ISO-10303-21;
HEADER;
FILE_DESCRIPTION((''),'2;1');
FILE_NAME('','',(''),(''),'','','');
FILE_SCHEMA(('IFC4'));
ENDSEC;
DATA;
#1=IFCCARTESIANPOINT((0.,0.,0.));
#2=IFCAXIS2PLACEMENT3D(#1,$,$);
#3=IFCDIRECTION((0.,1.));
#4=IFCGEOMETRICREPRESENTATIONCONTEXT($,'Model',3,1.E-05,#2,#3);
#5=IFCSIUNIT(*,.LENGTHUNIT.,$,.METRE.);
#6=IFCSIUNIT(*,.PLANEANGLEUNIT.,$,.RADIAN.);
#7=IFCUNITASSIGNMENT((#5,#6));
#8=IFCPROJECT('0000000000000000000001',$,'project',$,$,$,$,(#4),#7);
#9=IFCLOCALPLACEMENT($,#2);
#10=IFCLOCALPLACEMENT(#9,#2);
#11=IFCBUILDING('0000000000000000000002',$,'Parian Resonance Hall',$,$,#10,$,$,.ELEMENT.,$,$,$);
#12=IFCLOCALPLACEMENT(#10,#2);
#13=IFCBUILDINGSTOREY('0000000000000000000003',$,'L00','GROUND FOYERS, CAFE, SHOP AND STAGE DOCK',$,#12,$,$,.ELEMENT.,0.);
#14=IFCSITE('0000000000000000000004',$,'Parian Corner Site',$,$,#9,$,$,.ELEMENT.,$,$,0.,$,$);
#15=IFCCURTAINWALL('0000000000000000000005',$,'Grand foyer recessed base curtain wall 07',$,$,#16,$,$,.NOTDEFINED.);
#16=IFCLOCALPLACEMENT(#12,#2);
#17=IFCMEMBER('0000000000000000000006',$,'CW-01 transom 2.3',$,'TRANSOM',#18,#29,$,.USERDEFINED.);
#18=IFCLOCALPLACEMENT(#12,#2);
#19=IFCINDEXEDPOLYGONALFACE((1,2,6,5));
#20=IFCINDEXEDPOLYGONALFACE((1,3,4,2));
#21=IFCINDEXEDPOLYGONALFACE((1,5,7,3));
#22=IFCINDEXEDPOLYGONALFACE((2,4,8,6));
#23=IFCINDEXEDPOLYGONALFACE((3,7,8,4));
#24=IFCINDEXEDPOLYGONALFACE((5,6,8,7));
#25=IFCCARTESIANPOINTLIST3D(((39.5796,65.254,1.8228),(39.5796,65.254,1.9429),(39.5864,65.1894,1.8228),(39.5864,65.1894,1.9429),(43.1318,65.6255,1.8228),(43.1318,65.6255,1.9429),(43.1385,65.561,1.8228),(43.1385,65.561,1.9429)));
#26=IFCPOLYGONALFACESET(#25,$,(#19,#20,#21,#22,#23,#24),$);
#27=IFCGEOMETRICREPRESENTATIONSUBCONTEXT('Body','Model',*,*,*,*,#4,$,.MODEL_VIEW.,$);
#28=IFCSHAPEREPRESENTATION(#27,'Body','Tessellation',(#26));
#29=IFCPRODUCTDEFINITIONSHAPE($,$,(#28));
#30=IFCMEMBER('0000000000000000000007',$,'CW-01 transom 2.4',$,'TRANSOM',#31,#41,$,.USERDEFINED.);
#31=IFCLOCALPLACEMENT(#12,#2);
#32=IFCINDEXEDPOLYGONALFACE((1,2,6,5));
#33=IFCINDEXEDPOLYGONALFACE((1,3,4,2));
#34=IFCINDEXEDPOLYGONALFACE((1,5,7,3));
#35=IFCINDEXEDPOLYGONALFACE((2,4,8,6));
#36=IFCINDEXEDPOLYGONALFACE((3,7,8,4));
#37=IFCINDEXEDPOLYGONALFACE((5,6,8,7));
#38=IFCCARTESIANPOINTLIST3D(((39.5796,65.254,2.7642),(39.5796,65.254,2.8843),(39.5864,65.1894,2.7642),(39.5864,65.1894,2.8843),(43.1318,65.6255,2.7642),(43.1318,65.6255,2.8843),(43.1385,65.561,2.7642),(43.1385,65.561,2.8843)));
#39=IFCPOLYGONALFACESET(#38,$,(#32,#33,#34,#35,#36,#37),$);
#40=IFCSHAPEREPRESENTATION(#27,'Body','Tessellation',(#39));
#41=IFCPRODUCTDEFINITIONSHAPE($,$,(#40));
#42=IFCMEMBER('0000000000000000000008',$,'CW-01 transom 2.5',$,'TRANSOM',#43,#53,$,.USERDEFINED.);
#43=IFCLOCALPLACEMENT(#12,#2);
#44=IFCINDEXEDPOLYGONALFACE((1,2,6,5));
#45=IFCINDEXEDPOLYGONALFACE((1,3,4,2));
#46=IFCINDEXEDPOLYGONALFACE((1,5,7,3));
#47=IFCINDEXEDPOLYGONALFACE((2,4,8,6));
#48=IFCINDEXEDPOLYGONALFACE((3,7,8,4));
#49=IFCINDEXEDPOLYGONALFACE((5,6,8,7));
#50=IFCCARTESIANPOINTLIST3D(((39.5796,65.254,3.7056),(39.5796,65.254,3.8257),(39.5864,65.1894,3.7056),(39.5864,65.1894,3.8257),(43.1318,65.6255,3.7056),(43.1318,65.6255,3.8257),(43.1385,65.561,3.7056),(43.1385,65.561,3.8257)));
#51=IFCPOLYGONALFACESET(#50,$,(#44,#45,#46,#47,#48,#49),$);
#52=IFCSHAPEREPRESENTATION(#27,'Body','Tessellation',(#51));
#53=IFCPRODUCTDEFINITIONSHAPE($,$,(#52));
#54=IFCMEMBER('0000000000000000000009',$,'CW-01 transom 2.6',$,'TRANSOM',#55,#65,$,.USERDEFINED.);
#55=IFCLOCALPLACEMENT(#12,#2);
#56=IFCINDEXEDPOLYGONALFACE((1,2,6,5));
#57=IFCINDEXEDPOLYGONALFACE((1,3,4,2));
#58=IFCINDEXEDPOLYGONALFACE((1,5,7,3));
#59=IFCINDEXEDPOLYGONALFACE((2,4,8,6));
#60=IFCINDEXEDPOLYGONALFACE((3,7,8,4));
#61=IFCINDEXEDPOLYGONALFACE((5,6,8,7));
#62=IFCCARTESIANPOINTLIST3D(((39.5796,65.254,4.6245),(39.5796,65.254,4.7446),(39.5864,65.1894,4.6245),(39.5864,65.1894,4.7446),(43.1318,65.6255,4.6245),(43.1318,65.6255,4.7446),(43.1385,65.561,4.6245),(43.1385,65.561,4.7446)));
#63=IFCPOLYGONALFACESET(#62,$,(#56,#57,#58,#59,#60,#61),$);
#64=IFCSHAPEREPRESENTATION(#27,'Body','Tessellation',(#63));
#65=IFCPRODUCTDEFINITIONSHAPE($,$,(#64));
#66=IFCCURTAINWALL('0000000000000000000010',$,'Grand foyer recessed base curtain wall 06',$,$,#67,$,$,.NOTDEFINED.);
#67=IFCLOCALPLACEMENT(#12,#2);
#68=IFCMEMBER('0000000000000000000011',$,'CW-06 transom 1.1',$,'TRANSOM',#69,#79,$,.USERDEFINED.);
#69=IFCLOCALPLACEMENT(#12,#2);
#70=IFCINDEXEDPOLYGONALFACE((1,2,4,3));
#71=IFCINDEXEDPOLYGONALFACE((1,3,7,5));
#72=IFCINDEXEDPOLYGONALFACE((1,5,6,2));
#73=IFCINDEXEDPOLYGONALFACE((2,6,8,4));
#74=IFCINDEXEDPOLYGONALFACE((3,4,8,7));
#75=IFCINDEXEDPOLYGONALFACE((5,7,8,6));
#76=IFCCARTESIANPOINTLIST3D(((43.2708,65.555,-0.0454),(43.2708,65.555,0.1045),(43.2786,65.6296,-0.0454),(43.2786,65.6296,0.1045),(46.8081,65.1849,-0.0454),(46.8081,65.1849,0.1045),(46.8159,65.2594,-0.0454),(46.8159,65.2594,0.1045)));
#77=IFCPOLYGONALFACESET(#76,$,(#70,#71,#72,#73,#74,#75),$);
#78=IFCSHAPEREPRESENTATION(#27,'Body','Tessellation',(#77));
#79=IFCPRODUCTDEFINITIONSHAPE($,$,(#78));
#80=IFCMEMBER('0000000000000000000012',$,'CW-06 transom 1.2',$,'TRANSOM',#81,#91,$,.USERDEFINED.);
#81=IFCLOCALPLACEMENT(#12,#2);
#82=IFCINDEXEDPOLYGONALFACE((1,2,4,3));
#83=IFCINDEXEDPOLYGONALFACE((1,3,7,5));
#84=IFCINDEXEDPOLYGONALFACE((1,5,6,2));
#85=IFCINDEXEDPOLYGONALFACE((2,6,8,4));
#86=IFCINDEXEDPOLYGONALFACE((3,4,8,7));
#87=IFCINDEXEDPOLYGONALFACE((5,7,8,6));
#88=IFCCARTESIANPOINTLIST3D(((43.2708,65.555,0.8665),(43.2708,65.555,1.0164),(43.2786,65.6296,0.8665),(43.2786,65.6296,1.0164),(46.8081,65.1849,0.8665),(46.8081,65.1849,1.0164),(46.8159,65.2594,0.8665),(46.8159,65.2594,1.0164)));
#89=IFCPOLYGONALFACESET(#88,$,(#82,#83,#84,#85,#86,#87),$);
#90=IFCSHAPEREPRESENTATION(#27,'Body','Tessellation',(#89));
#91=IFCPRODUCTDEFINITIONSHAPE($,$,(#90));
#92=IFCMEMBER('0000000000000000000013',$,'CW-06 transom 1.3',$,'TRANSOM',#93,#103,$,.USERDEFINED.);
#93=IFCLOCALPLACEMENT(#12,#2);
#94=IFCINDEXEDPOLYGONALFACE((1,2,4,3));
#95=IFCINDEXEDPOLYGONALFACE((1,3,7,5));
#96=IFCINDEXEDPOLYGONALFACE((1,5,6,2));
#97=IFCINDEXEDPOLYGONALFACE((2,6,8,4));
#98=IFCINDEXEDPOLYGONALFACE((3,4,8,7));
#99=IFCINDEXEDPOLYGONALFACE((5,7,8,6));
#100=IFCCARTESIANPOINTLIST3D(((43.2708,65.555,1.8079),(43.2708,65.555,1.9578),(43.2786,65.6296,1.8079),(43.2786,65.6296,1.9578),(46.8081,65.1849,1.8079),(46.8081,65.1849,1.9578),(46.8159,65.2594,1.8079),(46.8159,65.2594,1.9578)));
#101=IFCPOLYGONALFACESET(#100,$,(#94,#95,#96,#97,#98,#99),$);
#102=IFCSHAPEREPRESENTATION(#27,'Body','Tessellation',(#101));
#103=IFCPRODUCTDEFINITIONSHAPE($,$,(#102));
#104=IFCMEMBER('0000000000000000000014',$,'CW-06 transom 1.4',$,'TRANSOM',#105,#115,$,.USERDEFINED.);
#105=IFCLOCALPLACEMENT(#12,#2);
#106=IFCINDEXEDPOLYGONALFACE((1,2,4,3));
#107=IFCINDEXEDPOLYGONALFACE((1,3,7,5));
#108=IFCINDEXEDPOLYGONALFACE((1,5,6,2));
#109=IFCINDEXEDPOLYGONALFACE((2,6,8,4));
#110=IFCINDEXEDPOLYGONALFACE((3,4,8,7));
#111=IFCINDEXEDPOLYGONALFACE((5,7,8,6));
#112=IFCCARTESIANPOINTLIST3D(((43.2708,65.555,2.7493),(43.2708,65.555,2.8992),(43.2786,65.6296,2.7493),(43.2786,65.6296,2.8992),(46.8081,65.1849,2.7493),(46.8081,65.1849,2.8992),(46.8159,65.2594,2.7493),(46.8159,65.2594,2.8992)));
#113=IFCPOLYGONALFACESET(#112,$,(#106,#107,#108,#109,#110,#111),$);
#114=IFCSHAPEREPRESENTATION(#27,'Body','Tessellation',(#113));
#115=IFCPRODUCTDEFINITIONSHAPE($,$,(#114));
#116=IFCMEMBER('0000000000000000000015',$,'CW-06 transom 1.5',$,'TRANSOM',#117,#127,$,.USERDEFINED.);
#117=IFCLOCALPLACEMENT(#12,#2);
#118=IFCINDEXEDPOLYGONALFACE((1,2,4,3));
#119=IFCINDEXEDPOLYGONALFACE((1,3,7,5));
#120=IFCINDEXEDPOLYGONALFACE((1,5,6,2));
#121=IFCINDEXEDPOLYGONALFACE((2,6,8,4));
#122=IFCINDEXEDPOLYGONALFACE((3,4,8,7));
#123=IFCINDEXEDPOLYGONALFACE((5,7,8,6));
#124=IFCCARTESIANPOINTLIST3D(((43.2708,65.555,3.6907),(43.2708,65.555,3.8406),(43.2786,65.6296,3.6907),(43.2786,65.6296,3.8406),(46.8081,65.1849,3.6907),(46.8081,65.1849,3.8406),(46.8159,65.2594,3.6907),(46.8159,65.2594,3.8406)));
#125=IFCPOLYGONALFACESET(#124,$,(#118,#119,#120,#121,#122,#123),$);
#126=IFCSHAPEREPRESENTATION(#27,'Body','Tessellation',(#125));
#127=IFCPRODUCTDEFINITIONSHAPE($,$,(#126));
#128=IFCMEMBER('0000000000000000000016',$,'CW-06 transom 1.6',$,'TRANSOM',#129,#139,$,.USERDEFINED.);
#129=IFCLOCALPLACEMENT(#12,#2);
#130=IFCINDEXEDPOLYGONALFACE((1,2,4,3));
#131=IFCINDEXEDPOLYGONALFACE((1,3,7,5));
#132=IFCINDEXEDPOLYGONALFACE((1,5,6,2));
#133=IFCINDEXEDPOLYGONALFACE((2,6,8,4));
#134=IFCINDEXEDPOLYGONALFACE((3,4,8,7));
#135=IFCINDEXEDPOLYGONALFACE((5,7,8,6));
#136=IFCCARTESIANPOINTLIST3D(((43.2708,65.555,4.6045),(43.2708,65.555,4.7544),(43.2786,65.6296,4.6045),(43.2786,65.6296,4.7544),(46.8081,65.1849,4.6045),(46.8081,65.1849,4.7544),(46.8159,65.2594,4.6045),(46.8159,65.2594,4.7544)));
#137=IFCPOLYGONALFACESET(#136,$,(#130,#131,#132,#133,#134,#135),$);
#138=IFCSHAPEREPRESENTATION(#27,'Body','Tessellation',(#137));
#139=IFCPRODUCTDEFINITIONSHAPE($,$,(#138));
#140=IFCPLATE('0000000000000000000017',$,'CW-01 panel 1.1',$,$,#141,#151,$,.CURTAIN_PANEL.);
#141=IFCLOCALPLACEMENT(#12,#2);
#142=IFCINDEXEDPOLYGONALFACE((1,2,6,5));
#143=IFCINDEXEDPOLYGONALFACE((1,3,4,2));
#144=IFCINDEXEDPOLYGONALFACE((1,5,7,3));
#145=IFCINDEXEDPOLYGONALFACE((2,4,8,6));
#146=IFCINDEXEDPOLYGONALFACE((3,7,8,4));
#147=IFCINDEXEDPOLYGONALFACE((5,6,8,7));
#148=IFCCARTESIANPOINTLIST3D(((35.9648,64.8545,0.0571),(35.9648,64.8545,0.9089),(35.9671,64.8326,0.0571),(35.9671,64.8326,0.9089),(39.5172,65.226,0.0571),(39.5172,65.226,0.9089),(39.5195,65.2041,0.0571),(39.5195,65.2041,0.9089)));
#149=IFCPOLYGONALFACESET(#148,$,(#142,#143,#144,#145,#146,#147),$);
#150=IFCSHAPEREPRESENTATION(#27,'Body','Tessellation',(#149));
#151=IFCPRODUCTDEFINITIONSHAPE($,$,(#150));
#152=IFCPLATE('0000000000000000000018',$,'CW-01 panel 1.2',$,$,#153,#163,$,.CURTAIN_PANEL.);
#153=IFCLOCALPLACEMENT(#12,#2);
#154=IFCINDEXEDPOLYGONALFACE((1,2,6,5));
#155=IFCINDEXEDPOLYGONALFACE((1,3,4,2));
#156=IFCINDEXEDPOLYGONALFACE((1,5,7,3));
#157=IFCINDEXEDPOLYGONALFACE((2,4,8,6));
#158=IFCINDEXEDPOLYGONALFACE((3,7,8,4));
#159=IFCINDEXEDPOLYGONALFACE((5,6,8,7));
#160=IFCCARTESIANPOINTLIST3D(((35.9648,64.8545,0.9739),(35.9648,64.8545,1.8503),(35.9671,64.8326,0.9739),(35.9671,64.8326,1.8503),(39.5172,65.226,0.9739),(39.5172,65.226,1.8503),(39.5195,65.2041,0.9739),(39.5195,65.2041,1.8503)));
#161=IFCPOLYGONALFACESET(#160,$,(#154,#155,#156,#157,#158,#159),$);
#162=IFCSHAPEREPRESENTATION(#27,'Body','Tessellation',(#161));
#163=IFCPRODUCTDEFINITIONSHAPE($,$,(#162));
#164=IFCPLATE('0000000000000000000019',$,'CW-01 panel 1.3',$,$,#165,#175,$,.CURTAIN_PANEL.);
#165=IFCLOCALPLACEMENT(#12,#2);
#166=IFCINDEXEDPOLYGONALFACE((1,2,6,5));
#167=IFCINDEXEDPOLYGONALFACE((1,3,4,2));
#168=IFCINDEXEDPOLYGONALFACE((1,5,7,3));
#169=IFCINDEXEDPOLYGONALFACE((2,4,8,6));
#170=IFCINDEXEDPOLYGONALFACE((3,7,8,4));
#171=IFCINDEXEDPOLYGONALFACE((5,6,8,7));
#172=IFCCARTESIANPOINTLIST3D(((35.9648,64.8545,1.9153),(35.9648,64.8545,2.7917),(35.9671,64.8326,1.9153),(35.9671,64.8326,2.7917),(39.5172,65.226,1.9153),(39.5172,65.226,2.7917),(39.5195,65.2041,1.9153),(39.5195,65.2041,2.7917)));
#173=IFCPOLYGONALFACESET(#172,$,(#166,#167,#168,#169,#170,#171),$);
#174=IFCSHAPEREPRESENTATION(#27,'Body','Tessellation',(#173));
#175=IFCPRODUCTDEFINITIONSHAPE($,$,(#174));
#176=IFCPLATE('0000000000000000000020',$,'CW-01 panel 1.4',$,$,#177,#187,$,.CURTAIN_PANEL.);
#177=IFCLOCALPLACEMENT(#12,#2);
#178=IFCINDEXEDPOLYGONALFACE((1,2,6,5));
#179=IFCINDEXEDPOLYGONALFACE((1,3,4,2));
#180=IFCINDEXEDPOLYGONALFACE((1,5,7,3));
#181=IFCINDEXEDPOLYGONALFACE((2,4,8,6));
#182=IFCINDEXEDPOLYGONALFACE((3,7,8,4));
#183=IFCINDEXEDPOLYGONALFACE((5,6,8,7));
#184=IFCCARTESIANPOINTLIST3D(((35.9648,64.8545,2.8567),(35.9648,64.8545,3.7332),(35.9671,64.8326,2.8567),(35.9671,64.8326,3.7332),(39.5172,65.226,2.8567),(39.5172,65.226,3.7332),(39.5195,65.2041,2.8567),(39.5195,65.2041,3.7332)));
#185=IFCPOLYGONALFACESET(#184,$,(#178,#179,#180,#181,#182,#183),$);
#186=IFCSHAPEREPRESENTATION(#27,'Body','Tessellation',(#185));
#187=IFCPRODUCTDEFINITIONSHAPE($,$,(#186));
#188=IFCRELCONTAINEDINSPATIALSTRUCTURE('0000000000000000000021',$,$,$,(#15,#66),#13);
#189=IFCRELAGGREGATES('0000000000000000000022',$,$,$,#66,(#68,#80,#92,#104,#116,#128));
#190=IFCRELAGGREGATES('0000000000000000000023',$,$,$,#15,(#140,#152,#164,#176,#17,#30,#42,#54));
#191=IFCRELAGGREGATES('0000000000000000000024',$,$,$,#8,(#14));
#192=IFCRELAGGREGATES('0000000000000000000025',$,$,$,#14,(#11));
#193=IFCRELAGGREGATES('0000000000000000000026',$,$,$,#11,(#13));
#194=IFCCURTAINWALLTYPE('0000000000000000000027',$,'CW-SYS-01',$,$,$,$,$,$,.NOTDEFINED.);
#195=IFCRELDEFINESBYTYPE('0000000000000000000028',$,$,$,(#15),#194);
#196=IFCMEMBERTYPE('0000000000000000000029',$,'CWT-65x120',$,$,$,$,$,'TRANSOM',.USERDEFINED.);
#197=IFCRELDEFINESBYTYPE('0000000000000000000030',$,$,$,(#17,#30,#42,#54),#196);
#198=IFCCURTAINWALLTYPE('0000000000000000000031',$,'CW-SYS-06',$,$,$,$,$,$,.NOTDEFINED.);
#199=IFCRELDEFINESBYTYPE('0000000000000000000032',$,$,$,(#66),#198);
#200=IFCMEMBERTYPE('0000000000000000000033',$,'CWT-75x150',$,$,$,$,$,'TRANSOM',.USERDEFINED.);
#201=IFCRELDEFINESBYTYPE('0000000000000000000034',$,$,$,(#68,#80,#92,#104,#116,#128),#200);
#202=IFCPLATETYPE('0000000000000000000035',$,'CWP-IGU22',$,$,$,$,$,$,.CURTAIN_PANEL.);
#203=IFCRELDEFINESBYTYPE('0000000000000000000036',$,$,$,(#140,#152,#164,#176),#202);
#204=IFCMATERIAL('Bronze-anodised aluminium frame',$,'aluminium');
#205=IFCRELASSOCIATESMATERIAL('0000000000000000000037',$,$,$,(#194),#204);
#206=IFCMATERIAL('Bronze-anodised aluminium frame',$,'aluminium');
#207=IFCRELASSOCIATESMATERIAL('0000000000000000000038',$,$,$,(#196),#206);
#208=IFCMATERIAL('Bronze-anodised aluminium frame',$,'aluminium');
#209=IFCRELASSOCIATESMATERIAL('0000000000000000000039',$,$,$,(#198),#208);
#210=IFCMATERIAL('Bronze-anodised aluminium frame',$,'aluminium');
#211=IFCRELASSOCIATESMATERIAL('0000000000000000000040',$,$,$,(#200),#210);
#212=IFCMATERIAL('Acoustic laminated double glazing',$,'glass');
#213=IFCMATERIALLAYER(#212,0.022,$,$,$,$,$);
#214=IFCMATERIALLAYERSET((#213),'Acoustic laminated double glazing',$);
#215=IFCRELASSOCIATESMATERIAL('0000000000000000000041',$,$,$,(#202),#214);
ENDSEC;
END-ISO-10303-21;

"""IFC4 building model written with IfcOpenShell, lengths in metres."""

from ifc_helpers import new_model, si_unit, direction, frame, origin, origin_2d, place, context, subcontext, project, spatial, rectangle, extrude, material, layer, layer_set, material_profile, profile_set, type_object, element, aggregate, save


model = new_model("IFC4")

# Units and contexts
model_context = context("Model", 3, precision=1e-05, world=origin(), true_north=direction((0.0, 1.0)))
body_context = subcontext(model_context, "Body", "Model", "MODEL_VIEW")
ifc_project = project(units=[si_unit("LENGTHUNIT", "METRE"), si_unit("PLANEANGLEUNIT", "RADIAN")], contexts=[model_context])

# Site, building, storey
site_placement = place(None, origin())
site = spatial("IfcSite", under=ifc_project, at=site_placement, Name="Parian Corner Site", CompositionType="ELEMENT", RefElevation=0.0)
building_placement = place(site_placement, origin())
building = spatial("IfcBuilding", under=site, at=building_placement, Name="Parian Resonance Hall", CompositionType="ELEMENT")
storey_placement = place(building_placement, origin())
storey = spatial("IfcBuildingStorey", under=building, at=storey_placement, Name="L00", Description="GROUND FOYERS, CAFE, SHOP AND STAGE DOCK", CompositionType="ELEMENT", Elevation=0.0)

# Curtain walls, members
ifc_material_1 = material(Name="Bronze-anodised aluminium frame", Category="aluminium")
curtain_wall_type_1 = type_object("IfcCurtainWallType", Name="CW-SYS-01", PredefinedType="NOTDEFINED", material=ifc_material_1)
curtain_wall_1_placement = place(storey_placement, origin())
curtain_wall_1 = element("IfcCurtainWall", 1, at=curtain_wall_1_placement, inside=storey, type_object=curtain_wall_type_1, Name="Grand foyer recessed base curtain wall 07", PredefinedType="NOTDEFINED")
ifc_material_2 = material(Name="Bronze-anodised aluminium frame", Category="aluminium")
ifc_material_profile_1 = material_profile(ifc_material_2, rectangle(XDim=0.0649, YDim=0.1201, at=origin_2d()), Name="CWT-65x120")
ifc_profile_set_1 = profile_set([ifc_material_profile_1], Name="Bronze-anodised aluminium frame")
member_type_1 = type_object("IfcMemberType", Name="CWT-65x120", ElementType="TRANSOM", PredefinedType="USERDEFINED", material=ifc_profile_set_1)
member_1_placement = place(storey_placement, frame((39.583, 65.2217, 1.8828), z_axis=(0.994573, 0.104037, 0.0), x_axis=(-0.104037, 0.994573, 0.0)))
member_1 = element("IfcMember", 2, at=member_1_placement, type_object=member_type_1, Name="CW-01 transom 2.3", ObjectType="TRANSOM", PredefinedType="USERDEFINED", context=body_context, shape_type="SweptSolid", body=[
    extrude(rectangle(XDim=0.0649, YDim=0.1201, at=origin_2d()), origin(), (0.0, 0.0, 1.0), 3.5715),
])
member_2_placement = place(storey_placement, frame((39.583, 65.2217, 2.8242), z_axis=(0.994573, 0.104037, 0.0), x_axis=(-0.104037, 0.994573, 0.0)))
member_2 = element("IfcMember", 3, at=member_2_placement, type_object=member_type_1, Name="CW-01 transom 2.4", ObjectType="TRANSOM", PredefinedType="USERDEFINED", context=body_context, shape_type="SweptSolid", body=[
    extrude(rectangle(XDim=0.0649, YDim=0.1201, at=origin_2d()), origin(), (0.0, 0.0, 1.0), 3.5715),
])
member_3_placement = place(storey_placement, frame((39.583, 65.2217, 3.7656), z_axis=(0.994573, 0.104037, 0.0), x_axis=(-0.104037, 0.994573, 0.0)))
member_3 = element("IfcMember", 4, at=member_3_placement, type_object=member_type_1, Name="CW-01 transom 2.5", ObjectType="TRANSOM", PredefinedType="USERDEFINED", context=body_context, shape_type="SweptSolid", body=[
    extrude(rectangle(XDim=0.0649, YDim=0.1201, at=origin_2d()), origin(), (0.0, 0.0, 1.0), 3.5715),
])
member_4_placement = place(storey_placement, frame((39.583, 65.2217, 4.6846), z_axis=(0.994573, 0.104037, 0.0), x_axis=(-0.104037, 0.994573, 0.0)))
member_4 = element("IfcMember", 5, at=member_4_placement, type_object=member_type_1, Name="CW-01 transom 2.6", ObjectType="TRANSOM", PredefinedType="USERDEFINED", context=body_context, shape_type="SweptSolid", body=[
    extrude(rectangle(XDim=0.0649, YDim=0.1201, at=origin_2d()), origin(), (0.0, 0.0, 1.0), 3.5715),
])
ifc_material_3 = material(Name="Bronze-anodised aluminium frame", Category="aluminium")
curtain_wall_type_2 = type_object("IfcCurtainWallType", Name="CW-SYS-06", PredefinedType="NOTDEFINED", material=ifc_material_3)
curtain_wall_2_placement = place(storey_placement, origin())
curtain_wall_2 = element("IfcCurtainWall", 6, at=curtain_wall_2_placement, inside=storey, type_object=curtain_wall_type_2, Name="Grand foyer recessed base curtain wall 06", PredefinedType="NOTDEFINED")
ifc_material_4 = material(Name="Bronze-anodised aluminium frame", Category="aluminium")
ifc_material_profile_2 = material_profile(ifc_material_4, rectangle(XDim=0.075, YDim=0.1499, at=origin_2d()), Name="CWT-75x150")
ifc_profile_set_2 = profile_set([ifc_material_profile_2], Name="Bronze-anodised aluminium frame")
member_type_2 = type_object("IfcMemberType", Name="CWT-75x150", ElementType="TRANSOM", PredefinedType="USERDEFINED", material=ifc_profile_set_2)
member_5_placement = place(storey_placement, frame((43.2747, 65.5923, 0.0295), z_axis=(0.994571, -0.104063, 0.0), x_axis=(0.104063, 0.994571, 0.0)))
member_5 = element("IfcMember", 7, at=member_5_placement, type_object=member_type_2, Name="CW-06 transom 1.1", ObjectType="TRANSOM", PredefinedType="USERDEFINED", context=body_context, shape_type="SweptSolid", body=[
    extrude(rectangle(XDim=0.075, YDim=0.1499, at=origin_2d()), origin(), (0.0, 0.0, 1.0), 3.5566),
])
member_6_placement = place(storey_placement, frame((43.2747, 65.5923, 0.9414), z_axis=(0.994571, -0.104063, 0.0), x_axis=(0.104063, 0.994571, 0.0)))
member_6 = element("IfcMember", 8, at=member_6_placement, type_object=member_type_2, Name="CW-06 transom 1.2", ObjectType="TRANSOM", PredefinedType="USERDEFINED", context=body_context, shape_type="SweptSolid", body=[
    extrude(rectangle(XDim=0.075, YDim=0.1499, at=origin_2d()), origin(), (0.0, 0.0, 1.0), 3.5566),
])
member_7_placement = place(storey_placement, frame((43.2747, 65.5923, 1.8828), z_axis=(0.994571, -0.104063, 0.0), x_axis=(0.104063, 0.994571, 0.0)))
member_7 = element("IfcMember", 9, at=member_7_placement, type_object=member_type_2, Name="CW-06 transom 1.3", ObjectType="TRANSOM", PredefinedType="USERDEFINED", context=body_context, shape_type="SweptSolid", body=[
    extrude(rectangle(XDim=0.075, YDim=0.1499, at=origin_2d()), origin(), (0.0, 0.0, 1.0), 3.5566),
])
member_8_placement = place(storey_placement, frame((43.2747, 65.5923, 2.8242), z_axis=(0.994571, -0.104063, 0.0), x_axis=(0.104063, 0.994571, 0.0)))
member_8 = element("IfcMember", 10, at=member_8_placement, type_object=member_type_2, Name="CW-06 transom 1.4", ObjectType="TRANSOM", PredefinedType="USERDEFINED", context=body_context, shape_type="SweptSolid", body=[
    extrude(rectangle(XDim=0.075, YDim=0.1499, at=origin_2d()), origin(), (0.0, 0.0, 1.0), 3.5566),
])
member_9_placement = place(storey_placement, frame((43.2747, 65.5923, 3.7656), z_axis=(0.994571, -0.104063, 0.0), x_axis=(0.104063, 0.994571, 0.0)))
member_9 = element("IfcMember", 11, at=member_9_placement, type_object=member_type_2, Name="CW-06 transom 1.5", ObjectType="TRANSOM", PredefinedType="USERDEFINED", context=body_context, shape_type="SweptSolid", body=[
    extrude(rectangle(XDim=0.075, YDim=0.1499, at=origin_2d()), origin(), (0.0, 0.0, 1.0), 3.5566),
])
member_10_placement = place(storey_placement, frame((43.2747, 65.5923, 4.6794), z_axis=(0.994571, -0.104063, 0.0), x_axis=(0.104063, 0.994571, 0.0)))
member_10 = element("IfcMember", 12, at=member_10_placement, type_object=member_type_2, Name="CW-06 transom 1.6", ObjectType="TRANSOM", PredefinedType="USERDEFINED", context=body_context, shape_type="SweptSolid", body=[
    extrude(rectangle(XDim=0.075, YDim=0.1499, at=origin_2d()), origin(), (0.0, 0.0, 1.0), 3.5566),
])
aggregate(curtain_wall_2, [member_5, member_6, member_7, member_8, member_9, member_10])

# Plates
ifc_material_5 = material(Name="Acoustic laminated double glazing", Category="glass")
ifc_layer = layer(ifc_material_5, 0.022)
ifc_layer_set = layer_set([ifc_layer], Name="Acoustic laminated double glazing")
plate_type = type_object("IfcPlateType", Name="CWP-IGU22", PredefinedType="CURTAIN_PANEL", material=ifc_layer_set)
plate_1_placement = place(storey_placement, frame((37.7422, 65.0293, 0.0571), z_axis=(0.0, 0.0, 1.0), x_axis=(0.994576, 0.104013, 0.0)))
plate_1 = element("IfcPlate", 13, at=plate_1_placement, type_object=plate_type, Name="CW-01 panel 1.1", PredefinedType="CURTAIN_PANEL", context=body_context, shape_type="SweptSolid", body=[
    extrude(rectangle(XDim=3.5718, YDim=0.022, at=origin_2d()), origin(), (0.0, 0.0, 1.0), 0.8518),
])
plate_2_placement = place(storey_placement, frame((37.7422, 65.0293, 0.9739), z_axis=(0.0, 0.0, 1.0), x_axis=(0.994576, 0.104013, 0.0)))
plate_2 = element("IfcPlate", 14, at=plate_2_placement, type_object=plate_type, Name="CW-01 panel 1.2", PredefinedType="CURTAIN_PANEL", context=body_context, shape_type="SweptSolid", body=[
    extrude(rectangle(XDim=3.5718, YDim=0.022, at=origin_2d()), origin(), (0.0, 0.0, 1.0), 0.8765),
])
plate_3_placement = place(storey_placement, frame((37.7422, 65.0293, 1.9153), z_axis=(0.0, 0.0, 1.0), x_axis=(0.994576, 0.104013, 0.0)))
plate_3 = element("IfcPlate", 15, at=plate_3_placement, type_object=plate_type, Name="CW-01 panel 1.3", PredefinedType="CURTAIN_PANEL", context=body_context, shape_type="SweptSolid", body=[
    extrude(rectangle(XDim=3.5718, YDim=0.022, at=origin_2d()), origin(), (0.0, 0.0, 1.0), 0.8765),
])
plate_4_placement = place(storey_placement, frame((37.7422, 65.0293, 2.8567), z_axis=(0.0, 0.0, 1.0), x_axis=(0.994576, 0.104013, 0.0)))
plate_4 = element("IfcPlate", 16, at=plate_4_placement, type_object=plate_type, Name="CW-01 panel 1.4", PredefinedType="CURTAIN_PANEL", context=body_context, shape_type="SweptSolid", body=[
    extrude(rectangle(XDim=3.5718, YDim=0.022, at=origin_2d()), origin(), (0.0, 0.0, 1.0), 0.8765),
])
aggregate(curtain_wall_1, [plate_1, plate_2, plate_3, plate_4, member_1, member_2, member_3, member_4])

save(model, "model.ifc")
